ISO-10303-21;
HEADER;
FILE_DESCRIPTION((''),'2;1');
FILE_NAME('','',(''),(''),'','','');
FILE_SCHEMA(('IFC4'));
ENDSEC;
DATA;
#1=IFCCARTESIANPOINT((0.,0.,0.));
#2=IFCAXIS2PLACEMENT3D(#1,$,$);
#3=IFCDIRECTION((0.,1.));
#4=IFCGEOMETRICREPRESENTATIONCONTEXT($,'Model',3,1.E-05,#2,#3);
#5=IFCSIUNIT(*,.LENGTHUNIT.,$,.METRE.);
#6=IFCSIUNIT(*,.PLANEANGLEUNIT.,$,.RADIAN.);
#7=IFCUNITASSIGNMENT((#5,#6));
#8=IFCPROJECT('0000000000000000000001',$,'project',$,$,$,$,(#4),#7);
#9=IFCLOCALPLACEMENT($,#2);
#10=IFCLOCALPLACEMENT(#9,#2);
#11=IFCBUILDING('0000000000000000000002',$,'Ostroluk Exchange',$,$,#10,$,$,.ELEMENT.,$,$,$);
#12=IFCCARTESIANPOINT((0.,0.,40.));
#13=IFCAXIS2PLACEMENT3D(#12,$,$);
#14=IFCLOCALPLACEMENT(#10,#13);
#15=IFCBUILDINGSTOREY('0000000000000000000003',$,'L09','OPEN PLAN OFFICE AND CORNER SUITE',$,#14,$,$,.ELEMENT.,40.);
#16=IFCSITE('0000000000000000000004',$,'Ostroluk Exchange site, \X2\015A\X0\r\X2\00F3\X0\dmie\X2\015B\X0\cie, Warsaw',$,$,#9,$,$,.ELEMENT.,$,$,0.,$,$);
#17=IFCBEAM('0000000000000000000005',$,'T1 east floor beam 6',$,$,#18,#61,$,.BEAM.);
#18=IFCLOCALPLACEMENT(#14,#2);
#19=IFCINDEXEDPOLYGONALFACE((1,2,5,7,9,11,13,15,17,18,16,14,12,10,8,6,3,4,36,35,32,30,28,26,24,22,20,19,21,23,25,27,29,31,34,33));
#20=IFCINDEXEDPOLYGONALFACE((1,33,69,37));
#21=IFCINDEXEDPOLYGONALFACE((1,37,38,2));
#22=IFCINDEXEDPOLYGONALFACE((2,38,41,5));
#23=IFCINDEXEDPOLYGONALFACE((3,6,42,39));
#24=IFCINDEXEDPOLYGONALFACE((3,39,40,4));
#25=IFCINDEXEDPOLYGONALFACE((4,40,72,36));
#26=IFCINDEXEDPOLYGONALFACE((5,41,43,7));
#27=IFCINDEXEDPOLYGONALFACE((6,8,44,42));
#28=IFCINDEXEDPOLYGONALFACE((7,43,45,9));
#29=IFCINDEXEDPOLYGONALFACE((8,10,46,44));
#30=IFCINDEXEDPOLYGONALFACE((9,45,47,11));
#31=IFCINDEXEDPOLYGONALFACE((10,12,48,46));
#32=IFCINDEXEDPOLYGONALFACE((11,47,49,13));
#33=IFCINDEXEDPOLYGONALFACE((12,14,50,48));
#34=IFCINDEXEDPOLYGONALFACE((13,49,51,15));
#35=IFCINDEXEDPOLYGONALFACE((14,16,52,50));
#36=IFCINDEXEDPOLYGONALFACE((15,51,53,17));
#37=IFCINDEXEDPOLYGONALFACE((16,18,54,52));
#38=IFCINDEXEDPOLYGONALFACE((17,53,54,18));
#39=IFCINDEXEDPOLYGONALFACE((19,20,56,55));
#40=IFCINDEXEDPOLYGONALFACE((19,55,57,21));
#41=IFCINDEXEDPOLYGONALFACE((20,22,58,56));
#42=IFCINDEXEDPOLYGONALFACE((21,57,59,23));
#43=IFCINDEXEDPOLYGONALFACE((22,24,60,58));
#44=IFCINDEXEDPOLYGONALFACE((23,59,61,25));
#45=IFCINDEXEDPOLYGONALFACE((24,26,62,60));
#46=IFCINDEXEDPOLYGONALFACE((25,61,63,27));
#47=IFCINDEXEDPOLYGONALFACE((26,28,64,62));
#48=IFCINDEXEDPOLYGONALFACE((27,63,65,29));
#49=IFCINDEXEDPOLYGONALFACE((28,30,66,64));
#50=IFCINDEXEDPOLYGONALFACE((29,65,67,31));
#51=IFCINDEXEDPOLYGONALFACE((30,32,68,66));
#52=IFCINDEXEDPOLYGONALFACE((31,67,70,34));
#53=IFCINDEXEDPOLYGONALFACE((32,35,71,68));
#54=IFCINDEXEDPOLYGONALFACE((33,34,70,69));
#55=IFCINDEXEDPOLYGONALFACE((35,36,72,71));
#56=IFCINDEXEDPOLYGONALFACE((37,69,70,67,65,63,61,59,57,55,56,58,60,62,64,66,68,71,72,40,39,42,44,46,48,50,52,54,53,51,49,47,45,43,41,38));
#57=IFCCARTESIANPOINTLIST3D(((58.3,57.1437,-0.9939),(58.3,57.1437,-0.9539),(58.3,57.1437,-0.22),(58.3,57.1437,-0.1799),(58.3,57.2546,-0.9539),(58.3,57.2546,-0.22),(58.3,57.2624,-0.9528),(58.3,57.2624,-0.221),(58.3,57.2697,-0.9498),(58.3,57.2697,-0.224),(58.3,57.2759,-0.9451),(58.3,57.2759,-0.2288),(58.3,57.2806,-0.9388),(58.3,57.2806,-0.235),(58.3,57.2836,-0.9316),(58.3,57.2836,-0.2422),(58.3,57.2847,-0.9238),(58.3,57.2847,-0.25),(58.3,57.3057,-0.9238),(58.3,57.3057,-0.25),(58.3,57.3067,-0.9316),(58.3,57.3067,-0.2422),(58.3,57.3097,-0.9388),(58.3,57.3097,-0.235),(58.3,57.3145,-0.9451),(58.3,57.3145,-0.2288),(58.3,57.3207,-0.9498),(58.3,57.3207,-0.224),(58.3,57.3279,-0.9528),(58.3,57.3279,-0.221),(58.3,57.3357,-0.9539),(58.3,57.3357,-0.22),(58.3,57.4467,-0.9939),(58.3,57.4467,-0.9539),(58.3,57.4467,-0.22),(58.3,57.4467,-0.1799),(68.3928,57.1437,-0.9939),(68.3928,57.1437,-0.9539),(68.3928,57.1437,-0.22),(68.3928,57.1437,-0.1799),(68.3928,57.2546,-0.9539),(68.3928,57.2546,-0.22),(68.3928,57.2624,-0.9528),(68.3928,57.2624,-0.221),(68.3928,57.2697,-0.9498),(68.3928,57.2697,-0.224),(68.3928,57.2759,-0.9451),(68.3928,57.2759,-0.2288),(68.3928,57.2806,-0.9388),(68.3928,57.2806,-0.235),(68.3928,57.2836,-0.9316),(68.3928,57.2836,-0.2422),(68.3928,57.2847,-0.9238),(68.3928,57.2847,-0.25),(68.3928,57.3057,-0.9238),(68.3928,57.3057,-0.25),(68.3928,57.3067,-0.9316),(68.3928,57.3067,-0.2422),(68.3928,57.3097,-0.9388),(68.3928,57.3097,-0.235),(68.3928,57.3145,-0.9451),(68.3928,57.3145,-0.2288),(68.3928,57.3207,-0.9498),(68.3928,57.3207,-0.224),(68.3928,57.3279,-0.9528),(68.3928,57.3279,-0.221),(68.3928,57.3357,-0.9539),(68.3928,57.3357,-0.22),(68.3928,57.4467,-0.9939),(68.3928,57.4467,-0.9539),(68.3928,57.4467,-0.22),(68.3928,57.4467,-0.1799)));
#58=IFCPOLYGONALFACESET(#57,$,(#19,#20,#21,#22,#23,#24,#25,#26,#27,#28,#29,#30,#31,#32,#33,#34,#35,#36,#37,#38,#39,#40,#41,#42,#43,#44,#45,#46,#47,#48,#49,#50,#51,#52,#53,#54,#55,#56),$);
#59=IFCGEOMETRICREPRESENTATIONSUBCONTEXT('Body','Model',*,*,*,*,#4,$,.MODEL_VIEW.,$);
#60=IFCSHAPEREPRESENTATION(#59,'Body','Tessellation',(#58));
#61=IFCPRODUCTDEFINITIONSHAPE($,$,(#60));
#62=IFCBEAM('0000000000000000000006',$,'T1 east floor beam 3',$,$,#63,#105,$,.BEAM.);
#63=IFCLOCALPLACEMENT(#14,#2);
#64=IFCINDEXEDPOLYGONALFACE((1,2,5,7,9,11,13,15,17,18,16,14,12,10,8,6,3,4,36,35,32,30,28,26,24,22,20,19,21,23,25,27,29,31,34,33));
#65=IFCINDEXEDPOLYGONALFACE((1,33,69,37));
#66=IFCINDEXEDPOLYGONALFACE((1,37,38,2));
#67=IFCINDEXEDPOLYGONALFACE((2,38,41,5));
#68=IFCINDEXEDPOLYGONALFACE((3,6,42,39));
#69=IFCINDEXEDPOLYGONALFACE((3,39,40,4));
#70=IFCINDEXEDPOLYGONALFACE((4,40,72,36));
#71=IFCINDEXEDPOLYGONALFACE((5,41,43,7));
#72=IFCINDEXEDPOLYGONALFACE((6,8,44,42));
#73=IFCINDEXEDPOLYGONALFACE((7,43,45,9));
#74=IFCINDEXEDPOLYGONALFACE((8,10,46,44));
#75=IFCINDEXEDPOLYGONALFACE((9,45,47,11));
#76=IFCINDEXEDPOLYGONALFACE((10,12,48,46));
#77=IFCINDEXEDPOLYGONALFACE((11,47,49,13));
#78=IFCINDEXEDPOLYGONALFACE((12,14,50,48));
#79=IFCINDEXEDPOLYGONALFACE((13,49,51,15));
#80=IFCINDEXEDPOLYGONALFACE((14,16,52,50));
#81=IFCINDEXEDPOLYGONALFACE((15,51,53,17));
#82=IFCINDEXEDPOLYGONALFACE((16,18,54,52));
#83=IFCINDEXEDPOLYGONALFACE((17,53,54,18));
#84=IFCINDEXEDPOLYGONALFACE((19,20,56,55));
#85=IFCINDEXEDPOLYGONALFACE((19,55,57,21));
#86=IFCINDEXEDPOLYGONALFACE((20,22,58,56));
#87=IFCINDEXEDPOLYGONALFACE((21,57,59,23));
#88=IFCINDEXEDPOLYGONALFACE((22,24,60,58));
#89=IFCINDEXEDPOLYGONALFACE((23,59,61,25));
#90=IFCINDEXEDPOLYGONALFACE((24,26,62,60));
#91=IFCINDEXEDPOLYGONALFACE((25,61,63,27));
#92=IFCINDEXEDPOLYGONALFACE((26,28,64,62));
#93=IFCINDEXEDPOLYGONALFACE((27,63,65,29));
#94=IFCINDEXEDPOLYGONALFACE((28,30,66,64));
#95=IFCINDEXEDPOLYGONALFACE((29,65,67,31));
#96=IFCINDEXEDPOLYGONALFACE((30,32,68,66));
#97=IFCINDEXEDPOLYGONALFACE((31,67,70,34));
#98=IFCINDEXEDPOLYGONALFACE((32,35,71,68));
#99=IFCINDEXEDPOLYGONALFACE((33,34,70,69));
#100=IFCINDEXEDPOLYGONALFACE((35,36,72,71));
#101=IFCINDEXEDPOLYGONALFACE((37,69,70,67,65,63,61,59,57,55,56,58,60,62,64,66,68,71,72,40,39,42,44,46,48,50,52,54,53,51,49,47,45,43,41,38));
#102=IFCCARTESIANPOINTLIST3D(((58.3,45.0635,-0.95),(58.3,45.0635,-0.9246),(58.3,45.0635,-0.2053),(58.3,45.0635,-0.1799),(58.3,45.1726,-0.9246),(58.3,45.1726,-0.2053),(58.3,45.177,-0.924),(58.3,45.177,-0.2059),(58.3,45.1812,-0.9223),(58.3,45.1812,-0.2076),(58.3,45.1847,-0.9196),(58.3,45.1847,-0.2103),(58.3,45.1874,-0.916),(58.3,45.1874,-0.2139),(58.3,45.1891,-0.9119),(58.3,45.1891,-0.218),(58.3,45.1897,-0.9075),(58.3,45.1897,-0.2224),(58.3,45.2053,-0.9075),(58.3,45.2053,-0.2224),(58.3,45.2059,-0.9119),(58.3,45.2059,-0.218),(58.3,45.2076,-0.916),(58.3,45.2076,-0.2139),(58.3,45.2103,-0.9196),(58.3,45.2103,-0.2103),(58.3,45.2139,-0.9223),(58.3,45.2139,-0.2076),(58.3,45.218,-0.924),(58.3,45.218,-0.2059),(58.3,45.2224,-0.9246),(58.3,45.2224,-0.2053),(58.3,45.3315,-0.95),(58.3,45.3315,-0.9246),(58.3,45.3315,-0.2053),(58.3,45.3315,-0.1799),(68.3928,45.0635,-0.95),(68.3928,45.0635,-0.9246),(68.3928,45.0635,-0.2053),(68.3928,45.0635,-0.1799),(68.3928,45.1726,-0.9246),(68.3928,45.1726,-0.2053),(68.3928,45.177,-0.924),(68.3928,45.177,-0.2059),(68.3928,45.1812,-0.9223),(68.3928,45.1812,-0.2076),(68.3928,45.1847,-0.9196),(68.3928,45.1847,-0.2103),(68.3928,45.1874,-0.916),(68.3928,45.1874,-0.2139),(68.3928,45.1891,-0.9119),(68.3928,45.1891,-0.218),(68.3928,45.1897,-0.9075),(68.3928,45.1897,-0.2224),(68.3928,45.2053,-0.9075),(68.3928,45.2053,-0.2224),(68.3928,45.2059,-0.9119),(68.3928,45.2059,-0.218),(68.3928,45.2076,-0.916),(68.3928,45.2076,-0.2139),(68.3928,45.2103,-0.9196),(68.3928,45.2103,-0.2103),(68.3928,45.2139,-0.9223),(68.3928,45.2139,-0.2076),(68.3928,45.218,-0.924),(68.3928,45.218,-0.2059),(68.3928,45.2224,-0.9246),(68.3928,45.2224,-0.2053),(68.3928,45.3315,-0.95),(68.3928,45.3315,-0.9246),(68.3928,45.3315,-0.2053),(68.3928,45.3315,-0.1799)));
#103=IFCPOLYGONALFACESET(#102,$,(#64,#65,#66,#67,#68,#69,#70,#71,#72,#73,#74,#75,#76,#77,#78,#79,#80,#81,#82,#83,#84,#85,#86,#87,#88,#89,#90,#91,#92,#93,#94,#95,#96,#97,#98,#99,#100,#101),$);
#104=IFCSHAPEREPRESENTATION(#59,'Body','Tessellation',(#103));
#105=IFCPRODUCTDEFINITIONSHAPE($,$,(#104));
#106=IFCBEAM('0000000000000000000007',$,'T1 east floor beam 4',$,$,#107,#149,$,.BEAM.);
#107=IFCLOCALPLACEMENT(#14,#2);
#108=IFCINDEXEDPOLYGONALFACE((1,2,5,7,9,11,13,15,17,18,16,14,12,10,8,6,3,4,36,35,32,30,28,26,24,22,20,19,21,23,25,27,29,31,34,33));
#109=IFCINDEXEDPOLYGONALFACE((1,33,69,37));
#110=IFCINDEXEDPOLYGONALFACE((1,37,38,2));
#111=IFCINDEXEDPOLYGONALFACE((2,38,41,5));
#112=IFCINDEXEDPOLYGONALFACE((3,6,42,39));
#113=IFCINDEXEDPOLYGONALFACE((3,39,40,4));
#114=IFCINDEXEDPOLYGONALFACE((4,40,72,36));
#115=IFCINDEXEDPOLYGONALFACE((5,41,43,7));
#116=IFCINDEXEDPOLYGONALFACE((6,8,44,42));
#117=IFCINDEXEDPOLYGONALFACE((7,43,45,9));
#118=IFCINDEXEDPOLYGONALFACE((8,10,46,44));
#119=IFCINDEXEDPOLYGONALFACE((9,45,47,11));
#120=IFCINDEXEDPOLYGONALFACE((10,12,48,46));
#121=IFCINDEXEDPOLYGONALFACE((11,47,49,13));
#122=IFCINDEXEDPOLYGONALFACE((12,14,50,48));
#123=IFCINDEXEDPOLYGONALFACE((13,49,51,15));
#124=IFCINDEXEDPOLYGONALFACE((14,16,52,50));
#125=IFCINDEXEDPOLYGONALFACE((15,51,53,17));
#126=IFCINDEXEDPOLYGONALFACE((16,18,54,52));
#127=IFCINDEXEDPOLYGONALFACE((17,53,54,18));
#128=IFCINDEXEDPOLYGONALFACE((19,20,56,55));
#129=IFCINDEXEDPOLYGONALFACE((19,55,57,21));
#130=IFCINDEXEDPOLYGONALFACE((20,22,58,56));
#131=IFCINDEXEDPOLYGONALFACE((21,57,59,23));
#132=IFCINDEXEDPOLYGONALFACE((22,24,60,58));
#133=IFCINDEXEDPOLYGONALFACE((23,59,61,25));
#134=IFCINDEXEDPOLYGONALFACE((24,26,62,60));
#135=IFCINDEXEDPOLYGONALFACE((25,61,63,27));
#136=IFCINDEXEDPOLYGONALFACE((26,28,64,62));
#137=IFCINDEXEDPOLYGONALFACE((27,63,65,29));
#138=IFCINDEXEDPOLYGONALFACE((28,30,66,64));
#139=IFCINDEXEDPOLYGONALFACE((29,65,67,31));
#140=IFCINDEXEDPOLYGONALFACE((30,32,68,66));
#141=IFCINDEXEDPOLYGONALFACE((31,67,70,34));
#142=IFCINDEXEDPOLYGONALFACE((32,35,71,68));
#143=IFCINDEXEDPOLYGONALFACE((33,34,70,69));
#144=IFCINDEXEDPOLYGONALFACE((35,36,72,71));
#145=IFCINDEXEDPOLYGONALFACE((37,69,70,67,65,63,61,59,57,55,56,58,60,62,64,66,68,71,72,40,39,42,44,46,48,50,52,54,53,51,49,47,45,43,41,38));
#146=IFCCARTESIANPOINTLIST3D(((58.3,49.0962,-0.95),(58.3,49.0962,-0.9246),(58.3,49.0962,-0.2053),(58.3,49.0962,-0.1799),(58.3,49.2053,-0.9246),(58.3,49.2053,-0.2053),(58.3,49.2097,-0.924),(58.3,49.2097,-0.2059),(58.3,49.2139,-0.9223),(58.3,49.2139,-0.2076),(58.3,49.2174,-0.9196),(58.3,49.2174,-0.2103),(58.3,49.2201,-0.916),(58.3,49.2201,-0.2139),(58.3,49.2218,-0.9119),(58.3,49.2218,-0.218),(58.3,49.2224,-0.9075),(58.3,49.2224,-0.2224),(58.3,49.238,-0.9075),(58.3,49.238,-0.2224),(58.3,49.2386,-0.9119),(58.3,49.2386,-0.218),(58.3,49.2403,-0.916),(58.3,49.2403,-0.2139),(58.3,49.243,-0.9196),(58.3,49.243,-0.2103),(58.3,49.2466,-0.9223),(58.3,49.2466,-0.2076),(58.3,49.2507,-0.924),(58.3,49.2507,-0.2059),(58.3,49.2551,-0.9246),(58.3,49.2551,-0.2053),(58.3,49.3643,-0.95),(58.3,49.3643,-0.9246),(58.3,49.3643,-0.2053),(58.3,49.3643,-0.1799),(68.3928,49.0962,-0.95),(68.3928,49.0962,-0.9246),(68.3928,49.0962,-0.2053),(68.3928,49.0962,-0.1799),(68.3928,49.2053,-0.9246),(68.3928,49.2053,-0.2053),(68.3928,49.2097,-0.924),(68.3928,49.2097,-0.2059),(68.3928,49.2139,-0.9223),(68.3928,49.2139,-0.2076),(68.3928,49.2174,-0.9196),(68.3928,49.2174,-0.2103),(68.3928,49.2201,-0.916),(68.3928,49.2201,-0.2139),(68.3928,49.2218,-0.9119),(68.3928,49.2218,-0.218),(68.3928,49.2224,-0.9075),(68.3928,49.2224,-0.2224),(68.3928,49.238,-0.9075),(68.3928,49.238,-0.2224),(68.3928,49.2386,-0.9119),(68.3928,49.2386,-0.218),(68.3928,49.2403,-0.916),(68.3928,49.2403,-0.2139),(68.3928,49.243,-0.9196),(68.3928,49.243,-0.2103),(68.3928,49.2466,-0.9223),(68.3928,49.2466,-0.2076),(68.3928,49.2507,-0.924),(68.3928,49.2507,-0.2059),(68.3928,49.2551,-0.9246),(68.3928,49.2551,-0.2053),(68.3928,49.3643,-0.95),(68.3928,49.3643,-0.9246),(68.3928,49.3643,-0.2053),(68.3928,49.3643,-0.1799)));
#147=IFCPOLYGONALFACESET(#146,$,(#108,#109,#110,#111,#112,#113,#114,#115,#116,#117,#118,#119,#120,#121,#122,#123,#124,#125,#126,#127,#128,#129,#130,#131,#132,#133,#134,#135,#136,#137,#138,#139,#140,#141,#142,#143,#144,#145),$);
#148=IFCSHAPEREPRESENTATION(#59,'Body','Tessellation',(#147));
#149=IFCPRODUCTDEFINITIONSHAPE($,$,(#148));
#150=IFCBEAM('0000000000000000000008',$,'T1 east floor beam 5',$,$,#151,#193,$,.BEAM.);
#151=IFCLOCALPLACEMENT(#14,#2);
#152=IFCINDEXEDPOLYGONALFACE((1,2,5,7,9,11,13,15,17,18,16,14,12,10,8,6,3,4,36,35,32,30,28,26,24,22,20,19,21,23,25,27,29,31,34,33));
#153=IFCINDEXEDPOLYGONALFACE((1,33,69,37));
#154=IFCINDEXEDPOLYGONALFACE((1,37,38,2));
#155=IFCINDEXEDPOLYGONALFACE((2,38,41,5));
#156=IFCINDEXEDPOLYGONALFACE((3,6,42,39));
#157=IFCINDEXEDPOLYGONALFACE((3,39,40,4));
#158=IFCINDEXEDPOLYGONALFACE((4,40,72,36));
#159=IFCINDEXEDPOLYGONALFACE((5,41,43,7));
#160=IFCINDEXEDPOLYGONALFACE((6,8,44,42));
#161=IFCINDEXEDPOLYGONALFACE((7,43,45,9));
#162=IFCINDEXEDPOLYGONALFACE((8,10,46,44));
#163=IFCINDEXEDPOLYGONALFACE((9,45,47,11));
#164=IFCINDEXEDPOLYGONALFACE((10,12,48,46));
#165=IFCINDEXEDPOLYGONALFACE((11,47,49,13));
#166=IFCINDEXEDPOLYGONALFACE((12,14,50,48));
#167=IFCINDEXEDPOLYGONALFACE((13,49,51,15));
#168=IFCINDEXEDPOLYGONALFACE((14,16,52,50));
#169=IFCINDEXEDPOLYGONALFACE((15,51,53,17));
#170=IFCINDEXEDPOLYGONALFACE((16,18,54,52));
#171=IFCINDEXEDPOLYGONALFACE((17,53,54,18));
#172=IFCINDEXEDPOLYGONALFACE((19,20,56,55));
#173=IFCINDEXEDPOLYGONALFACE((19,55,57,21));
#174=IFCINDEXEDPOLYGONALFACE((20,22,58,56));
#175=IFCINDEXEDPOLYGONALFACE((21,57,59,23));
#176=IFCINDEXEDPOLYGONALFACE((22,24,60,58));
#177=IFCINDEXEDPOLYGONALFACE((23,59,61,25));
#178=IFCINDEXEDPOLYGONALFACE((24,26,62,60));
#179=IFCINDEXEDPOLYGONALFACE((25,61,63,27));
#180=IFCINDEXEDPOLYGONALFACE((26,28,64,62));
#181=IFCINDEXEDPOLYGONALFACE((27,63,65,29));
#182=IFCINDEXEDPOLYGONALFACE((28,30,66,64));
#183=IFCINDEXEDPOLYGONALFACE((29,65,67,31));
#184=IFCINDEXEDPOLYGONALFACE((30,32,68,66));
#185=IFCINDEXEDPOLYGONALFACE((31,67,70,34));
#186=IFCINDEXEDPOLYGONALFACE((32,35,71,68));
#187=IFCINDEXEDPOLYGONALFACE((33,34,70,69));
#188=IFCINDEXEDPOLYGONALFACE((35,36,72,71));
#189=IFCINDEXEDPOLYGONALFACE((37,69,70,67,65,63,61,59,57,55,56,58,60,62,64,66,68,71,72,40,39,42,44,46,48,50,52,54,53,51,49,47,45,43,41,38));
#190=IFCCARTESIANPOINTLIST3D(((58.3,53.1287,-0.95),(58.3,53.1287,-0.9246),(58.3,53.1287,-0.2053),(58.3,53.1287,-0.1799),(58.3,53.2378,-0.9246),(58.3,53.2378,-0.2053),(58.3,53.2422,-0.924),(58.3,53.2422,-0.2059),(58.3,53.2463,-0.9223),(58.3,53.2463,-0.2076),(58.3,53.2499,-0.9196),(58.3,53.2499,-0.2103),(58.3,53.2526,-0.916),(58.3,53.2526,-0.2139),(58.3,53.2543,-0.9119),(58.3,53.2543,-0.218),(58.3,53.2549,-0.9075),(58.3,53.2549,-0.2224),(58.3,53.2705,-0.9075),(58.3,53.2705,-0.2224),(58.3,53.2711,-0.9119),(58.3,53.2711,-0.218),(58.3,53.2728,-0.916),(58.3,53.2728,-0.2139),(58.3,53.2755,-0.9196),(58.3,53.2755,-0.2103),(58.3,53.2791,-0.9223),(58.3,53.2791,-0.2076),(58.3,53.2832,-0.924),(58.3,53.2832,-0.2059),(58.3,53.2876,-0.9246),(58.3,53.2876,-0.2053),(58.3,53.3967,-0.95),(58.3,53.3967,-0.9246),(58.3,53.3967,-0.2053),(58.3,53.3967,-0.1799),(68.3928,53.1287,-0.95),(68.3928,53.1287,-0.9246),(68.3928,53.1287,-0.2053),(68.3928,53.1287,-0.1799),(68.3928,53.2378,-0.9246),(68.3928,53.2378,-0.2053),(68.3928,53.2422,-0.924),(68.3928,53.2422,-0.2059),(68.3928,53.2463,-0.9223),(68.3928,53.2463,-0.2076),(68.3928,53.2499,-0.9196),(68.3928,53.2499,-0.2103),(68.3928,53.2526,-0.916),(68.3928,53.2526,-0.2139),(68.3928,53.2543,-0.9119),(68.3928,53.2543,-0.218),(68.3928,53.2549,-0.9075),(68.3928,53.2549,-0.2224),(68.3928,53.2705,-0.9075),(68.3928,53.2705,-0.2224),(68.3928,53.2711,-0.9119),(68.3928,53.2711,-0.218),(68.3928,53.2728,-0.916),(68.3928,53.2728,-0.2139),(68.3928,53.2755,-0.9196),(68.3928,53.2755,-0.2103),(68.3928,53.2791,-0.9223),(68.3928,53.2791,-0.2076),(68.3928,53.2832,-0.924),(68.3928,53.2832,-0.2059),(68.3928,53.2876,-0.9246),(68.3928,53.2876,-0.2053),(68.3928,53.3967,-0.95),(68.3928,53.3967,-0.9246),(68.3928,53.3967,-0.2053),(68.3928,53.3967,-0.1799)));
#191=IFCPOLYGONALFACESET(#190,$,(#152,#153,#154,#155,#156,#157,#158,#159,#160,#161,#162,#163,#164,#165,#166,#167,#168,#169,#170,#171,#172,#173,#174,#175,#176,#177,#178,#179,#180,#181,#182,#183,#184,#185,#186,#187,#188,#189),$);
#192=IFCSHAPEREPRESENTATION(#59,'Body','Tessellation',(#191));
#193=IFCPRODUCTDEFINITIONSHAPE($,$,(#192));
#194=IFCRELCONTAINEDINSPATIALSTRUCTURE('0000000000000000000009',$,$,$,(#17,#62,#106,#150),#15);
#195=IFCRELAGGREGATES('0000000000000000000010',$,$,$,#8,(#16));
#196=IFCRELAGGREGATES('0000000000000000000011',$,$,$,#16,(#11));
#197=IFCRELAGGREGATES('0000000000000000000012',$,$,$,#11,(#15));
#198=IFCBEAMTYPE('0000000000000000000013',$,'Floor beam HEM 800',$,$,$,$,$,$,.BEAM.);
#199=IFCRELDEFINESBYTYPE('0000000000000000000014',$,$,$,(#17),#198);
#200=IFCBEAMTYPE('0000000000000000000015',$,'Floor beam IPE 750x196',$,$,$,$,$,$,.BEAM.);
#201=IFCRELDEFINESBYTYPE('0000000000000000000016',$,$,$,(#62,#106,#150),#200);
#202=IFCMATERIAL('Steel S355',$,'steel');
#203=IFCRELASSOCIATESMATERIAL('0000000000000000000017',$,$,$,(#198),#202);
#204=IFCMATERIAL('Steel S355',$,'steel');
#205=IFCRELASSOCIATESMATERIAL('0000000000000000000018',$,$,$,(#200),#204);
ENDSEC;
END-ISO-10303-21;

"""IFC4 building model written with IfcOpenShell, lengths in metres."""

from ifc_helpers import new_model, si_unit, direction, frame, origin, origin_2d, place, context, subcontext, project, spatial, i_section, extrude, material, material_profile, profile_set, type_object, element, save


model = new_model("IFC4")

# Units and contexts
model_context = context("Model", 3, precision=1e-05, world=origin(), true_north=direction((0.0, 1.0)))
body_context = subcontext(model_context, "Body", "Model", "MODEL_VIEW")
ifc_project = project(units=[si_unit("LENGTHUNIT", "METRE"), si_unit("PLANEANGLEUNIT", "RADIAN")], contexts=[model_context])

# Site, building, storey
site_placement = place(None, origin())
site = spatial("IfcSite", under=ifc_project, at=site_placement, Name="Ostroluk Exchange site, Śródmieście, Warsaw", CompositionType="ELEMENT", RefElevation=0.0)
building_placement = place(site_placement, origin())
building = spatial("IfcBuilding", under=site, at=building_placement, Name="Ostroluk Exchange", CompositionType="ELEMENT")
storey_placement = place(building_placement, frame((0.0, 0.0, 40.0)))
storey = spatial("IfcBuildingStorey", under=building, at=storey_placement, Name="L09", Description="OPEN PLAN OFFICE AND CORNER SUITE", CompositionType="ELEMENT", Elevation=40.0)

# Beams
ifc_material_1 = material(Name="Steel S355", Category="steel")
ifc_material_profile_1 = material_profile(ifc_material_1, i_section(OverallWidth=0.303, OverallDepth=0.814, WebThickness=0.021, FlangeThickness=0.04, FilletRadius=0.03, at=origin_2d()), Name="HEM 800")
ifc_profile_set_1 = profile_set([ifc_material_profile_1], Name="Steel S355")
beam_type_1 = type_object("IfcBeamType", Name="Floor beam HEM 800", PredefinedType="BEAM", material=ifc_profile_set_1)
beam_1_placement = place(storey_placement, frame((58.3, 57.2952, -0.5869), z_axis=(1.0, 0.0, 0.0), x_axis=(0.0, 1.0, 0.0)))
element("IfcBeam", 1, at=beam_1_placement, inside=storey, type_object=beam_type_1, Name="T1 east floor beam 6", PredefinedType="BEAM", context=body_context, shape_type="SweptSolid", body=[
    extrude(i_section(OverallWidth=0.303, OverallDepth=0.814, WebThickness=0.021, FlangeThickness=0.04, FilletRadius=0.03, at=origin_2d()), origin(), (0.0, 0.0, 1.0), 10.0928),
])
ifc_material_2 = material(Name="Steel S355", Category="steel")
ifc_material_profile_2 = material_profile(ifc_material_2, i_section(OverallWidth=0.2681, OverallDepth=0.77, WebThickness=0.0156, FlangeThickness=0.0254, FilletRadius=0.0171, at=origin_2d()), Name="IPE 750x196")
ifc_profile_set_2 = profile_set([ifc_material_profile_2], Name="Steel S355")
beam_type_2 = type_object("IfcBeamType", Name="Floor beam IPE 750x196", PredefinedType="BEAM", material=ifc_profile_set_2)
for number, where, z_axis, x_axis, name in (
    (2, (58.3, 45.1975, -0.5649), (1.0, 0.0, 0.0), (0.0, 1.0, 0.0), "T1 east floor beam 3"),
    (3, (58.3, 49.2302, -0.5649), (1.0, 0.0, 0.0), (0.0, 1.0, 0.0), "T1 east floor beam 4"),
    (4, (58.3, 53.2627, -0.5649), (1.0, 0.0, 0.0), (0.0, 1.0, 0.0), "T1 east floor beam 5"),
):
    element("IfcBeam", number, at=place(storey_placement, frame(where, z_axis=z_axis, x_axis=x_axis)), inside=storey, type_object=beam_type_2, Name=name, PredefinedType="BEAM", context=body_context, shape_type="SweptSolid", body=[
        extrude(i_section(OverallWidth=0.2681, OverallDepth=0.77, WebThickness=0.0156, FlangeThickness=0.0254, FilletRadius=0.0171, at=origin_2d()), origin(), (0.0, 0.0, 1.0), 10.0928),
    ])

save(model, "model.ifc")
